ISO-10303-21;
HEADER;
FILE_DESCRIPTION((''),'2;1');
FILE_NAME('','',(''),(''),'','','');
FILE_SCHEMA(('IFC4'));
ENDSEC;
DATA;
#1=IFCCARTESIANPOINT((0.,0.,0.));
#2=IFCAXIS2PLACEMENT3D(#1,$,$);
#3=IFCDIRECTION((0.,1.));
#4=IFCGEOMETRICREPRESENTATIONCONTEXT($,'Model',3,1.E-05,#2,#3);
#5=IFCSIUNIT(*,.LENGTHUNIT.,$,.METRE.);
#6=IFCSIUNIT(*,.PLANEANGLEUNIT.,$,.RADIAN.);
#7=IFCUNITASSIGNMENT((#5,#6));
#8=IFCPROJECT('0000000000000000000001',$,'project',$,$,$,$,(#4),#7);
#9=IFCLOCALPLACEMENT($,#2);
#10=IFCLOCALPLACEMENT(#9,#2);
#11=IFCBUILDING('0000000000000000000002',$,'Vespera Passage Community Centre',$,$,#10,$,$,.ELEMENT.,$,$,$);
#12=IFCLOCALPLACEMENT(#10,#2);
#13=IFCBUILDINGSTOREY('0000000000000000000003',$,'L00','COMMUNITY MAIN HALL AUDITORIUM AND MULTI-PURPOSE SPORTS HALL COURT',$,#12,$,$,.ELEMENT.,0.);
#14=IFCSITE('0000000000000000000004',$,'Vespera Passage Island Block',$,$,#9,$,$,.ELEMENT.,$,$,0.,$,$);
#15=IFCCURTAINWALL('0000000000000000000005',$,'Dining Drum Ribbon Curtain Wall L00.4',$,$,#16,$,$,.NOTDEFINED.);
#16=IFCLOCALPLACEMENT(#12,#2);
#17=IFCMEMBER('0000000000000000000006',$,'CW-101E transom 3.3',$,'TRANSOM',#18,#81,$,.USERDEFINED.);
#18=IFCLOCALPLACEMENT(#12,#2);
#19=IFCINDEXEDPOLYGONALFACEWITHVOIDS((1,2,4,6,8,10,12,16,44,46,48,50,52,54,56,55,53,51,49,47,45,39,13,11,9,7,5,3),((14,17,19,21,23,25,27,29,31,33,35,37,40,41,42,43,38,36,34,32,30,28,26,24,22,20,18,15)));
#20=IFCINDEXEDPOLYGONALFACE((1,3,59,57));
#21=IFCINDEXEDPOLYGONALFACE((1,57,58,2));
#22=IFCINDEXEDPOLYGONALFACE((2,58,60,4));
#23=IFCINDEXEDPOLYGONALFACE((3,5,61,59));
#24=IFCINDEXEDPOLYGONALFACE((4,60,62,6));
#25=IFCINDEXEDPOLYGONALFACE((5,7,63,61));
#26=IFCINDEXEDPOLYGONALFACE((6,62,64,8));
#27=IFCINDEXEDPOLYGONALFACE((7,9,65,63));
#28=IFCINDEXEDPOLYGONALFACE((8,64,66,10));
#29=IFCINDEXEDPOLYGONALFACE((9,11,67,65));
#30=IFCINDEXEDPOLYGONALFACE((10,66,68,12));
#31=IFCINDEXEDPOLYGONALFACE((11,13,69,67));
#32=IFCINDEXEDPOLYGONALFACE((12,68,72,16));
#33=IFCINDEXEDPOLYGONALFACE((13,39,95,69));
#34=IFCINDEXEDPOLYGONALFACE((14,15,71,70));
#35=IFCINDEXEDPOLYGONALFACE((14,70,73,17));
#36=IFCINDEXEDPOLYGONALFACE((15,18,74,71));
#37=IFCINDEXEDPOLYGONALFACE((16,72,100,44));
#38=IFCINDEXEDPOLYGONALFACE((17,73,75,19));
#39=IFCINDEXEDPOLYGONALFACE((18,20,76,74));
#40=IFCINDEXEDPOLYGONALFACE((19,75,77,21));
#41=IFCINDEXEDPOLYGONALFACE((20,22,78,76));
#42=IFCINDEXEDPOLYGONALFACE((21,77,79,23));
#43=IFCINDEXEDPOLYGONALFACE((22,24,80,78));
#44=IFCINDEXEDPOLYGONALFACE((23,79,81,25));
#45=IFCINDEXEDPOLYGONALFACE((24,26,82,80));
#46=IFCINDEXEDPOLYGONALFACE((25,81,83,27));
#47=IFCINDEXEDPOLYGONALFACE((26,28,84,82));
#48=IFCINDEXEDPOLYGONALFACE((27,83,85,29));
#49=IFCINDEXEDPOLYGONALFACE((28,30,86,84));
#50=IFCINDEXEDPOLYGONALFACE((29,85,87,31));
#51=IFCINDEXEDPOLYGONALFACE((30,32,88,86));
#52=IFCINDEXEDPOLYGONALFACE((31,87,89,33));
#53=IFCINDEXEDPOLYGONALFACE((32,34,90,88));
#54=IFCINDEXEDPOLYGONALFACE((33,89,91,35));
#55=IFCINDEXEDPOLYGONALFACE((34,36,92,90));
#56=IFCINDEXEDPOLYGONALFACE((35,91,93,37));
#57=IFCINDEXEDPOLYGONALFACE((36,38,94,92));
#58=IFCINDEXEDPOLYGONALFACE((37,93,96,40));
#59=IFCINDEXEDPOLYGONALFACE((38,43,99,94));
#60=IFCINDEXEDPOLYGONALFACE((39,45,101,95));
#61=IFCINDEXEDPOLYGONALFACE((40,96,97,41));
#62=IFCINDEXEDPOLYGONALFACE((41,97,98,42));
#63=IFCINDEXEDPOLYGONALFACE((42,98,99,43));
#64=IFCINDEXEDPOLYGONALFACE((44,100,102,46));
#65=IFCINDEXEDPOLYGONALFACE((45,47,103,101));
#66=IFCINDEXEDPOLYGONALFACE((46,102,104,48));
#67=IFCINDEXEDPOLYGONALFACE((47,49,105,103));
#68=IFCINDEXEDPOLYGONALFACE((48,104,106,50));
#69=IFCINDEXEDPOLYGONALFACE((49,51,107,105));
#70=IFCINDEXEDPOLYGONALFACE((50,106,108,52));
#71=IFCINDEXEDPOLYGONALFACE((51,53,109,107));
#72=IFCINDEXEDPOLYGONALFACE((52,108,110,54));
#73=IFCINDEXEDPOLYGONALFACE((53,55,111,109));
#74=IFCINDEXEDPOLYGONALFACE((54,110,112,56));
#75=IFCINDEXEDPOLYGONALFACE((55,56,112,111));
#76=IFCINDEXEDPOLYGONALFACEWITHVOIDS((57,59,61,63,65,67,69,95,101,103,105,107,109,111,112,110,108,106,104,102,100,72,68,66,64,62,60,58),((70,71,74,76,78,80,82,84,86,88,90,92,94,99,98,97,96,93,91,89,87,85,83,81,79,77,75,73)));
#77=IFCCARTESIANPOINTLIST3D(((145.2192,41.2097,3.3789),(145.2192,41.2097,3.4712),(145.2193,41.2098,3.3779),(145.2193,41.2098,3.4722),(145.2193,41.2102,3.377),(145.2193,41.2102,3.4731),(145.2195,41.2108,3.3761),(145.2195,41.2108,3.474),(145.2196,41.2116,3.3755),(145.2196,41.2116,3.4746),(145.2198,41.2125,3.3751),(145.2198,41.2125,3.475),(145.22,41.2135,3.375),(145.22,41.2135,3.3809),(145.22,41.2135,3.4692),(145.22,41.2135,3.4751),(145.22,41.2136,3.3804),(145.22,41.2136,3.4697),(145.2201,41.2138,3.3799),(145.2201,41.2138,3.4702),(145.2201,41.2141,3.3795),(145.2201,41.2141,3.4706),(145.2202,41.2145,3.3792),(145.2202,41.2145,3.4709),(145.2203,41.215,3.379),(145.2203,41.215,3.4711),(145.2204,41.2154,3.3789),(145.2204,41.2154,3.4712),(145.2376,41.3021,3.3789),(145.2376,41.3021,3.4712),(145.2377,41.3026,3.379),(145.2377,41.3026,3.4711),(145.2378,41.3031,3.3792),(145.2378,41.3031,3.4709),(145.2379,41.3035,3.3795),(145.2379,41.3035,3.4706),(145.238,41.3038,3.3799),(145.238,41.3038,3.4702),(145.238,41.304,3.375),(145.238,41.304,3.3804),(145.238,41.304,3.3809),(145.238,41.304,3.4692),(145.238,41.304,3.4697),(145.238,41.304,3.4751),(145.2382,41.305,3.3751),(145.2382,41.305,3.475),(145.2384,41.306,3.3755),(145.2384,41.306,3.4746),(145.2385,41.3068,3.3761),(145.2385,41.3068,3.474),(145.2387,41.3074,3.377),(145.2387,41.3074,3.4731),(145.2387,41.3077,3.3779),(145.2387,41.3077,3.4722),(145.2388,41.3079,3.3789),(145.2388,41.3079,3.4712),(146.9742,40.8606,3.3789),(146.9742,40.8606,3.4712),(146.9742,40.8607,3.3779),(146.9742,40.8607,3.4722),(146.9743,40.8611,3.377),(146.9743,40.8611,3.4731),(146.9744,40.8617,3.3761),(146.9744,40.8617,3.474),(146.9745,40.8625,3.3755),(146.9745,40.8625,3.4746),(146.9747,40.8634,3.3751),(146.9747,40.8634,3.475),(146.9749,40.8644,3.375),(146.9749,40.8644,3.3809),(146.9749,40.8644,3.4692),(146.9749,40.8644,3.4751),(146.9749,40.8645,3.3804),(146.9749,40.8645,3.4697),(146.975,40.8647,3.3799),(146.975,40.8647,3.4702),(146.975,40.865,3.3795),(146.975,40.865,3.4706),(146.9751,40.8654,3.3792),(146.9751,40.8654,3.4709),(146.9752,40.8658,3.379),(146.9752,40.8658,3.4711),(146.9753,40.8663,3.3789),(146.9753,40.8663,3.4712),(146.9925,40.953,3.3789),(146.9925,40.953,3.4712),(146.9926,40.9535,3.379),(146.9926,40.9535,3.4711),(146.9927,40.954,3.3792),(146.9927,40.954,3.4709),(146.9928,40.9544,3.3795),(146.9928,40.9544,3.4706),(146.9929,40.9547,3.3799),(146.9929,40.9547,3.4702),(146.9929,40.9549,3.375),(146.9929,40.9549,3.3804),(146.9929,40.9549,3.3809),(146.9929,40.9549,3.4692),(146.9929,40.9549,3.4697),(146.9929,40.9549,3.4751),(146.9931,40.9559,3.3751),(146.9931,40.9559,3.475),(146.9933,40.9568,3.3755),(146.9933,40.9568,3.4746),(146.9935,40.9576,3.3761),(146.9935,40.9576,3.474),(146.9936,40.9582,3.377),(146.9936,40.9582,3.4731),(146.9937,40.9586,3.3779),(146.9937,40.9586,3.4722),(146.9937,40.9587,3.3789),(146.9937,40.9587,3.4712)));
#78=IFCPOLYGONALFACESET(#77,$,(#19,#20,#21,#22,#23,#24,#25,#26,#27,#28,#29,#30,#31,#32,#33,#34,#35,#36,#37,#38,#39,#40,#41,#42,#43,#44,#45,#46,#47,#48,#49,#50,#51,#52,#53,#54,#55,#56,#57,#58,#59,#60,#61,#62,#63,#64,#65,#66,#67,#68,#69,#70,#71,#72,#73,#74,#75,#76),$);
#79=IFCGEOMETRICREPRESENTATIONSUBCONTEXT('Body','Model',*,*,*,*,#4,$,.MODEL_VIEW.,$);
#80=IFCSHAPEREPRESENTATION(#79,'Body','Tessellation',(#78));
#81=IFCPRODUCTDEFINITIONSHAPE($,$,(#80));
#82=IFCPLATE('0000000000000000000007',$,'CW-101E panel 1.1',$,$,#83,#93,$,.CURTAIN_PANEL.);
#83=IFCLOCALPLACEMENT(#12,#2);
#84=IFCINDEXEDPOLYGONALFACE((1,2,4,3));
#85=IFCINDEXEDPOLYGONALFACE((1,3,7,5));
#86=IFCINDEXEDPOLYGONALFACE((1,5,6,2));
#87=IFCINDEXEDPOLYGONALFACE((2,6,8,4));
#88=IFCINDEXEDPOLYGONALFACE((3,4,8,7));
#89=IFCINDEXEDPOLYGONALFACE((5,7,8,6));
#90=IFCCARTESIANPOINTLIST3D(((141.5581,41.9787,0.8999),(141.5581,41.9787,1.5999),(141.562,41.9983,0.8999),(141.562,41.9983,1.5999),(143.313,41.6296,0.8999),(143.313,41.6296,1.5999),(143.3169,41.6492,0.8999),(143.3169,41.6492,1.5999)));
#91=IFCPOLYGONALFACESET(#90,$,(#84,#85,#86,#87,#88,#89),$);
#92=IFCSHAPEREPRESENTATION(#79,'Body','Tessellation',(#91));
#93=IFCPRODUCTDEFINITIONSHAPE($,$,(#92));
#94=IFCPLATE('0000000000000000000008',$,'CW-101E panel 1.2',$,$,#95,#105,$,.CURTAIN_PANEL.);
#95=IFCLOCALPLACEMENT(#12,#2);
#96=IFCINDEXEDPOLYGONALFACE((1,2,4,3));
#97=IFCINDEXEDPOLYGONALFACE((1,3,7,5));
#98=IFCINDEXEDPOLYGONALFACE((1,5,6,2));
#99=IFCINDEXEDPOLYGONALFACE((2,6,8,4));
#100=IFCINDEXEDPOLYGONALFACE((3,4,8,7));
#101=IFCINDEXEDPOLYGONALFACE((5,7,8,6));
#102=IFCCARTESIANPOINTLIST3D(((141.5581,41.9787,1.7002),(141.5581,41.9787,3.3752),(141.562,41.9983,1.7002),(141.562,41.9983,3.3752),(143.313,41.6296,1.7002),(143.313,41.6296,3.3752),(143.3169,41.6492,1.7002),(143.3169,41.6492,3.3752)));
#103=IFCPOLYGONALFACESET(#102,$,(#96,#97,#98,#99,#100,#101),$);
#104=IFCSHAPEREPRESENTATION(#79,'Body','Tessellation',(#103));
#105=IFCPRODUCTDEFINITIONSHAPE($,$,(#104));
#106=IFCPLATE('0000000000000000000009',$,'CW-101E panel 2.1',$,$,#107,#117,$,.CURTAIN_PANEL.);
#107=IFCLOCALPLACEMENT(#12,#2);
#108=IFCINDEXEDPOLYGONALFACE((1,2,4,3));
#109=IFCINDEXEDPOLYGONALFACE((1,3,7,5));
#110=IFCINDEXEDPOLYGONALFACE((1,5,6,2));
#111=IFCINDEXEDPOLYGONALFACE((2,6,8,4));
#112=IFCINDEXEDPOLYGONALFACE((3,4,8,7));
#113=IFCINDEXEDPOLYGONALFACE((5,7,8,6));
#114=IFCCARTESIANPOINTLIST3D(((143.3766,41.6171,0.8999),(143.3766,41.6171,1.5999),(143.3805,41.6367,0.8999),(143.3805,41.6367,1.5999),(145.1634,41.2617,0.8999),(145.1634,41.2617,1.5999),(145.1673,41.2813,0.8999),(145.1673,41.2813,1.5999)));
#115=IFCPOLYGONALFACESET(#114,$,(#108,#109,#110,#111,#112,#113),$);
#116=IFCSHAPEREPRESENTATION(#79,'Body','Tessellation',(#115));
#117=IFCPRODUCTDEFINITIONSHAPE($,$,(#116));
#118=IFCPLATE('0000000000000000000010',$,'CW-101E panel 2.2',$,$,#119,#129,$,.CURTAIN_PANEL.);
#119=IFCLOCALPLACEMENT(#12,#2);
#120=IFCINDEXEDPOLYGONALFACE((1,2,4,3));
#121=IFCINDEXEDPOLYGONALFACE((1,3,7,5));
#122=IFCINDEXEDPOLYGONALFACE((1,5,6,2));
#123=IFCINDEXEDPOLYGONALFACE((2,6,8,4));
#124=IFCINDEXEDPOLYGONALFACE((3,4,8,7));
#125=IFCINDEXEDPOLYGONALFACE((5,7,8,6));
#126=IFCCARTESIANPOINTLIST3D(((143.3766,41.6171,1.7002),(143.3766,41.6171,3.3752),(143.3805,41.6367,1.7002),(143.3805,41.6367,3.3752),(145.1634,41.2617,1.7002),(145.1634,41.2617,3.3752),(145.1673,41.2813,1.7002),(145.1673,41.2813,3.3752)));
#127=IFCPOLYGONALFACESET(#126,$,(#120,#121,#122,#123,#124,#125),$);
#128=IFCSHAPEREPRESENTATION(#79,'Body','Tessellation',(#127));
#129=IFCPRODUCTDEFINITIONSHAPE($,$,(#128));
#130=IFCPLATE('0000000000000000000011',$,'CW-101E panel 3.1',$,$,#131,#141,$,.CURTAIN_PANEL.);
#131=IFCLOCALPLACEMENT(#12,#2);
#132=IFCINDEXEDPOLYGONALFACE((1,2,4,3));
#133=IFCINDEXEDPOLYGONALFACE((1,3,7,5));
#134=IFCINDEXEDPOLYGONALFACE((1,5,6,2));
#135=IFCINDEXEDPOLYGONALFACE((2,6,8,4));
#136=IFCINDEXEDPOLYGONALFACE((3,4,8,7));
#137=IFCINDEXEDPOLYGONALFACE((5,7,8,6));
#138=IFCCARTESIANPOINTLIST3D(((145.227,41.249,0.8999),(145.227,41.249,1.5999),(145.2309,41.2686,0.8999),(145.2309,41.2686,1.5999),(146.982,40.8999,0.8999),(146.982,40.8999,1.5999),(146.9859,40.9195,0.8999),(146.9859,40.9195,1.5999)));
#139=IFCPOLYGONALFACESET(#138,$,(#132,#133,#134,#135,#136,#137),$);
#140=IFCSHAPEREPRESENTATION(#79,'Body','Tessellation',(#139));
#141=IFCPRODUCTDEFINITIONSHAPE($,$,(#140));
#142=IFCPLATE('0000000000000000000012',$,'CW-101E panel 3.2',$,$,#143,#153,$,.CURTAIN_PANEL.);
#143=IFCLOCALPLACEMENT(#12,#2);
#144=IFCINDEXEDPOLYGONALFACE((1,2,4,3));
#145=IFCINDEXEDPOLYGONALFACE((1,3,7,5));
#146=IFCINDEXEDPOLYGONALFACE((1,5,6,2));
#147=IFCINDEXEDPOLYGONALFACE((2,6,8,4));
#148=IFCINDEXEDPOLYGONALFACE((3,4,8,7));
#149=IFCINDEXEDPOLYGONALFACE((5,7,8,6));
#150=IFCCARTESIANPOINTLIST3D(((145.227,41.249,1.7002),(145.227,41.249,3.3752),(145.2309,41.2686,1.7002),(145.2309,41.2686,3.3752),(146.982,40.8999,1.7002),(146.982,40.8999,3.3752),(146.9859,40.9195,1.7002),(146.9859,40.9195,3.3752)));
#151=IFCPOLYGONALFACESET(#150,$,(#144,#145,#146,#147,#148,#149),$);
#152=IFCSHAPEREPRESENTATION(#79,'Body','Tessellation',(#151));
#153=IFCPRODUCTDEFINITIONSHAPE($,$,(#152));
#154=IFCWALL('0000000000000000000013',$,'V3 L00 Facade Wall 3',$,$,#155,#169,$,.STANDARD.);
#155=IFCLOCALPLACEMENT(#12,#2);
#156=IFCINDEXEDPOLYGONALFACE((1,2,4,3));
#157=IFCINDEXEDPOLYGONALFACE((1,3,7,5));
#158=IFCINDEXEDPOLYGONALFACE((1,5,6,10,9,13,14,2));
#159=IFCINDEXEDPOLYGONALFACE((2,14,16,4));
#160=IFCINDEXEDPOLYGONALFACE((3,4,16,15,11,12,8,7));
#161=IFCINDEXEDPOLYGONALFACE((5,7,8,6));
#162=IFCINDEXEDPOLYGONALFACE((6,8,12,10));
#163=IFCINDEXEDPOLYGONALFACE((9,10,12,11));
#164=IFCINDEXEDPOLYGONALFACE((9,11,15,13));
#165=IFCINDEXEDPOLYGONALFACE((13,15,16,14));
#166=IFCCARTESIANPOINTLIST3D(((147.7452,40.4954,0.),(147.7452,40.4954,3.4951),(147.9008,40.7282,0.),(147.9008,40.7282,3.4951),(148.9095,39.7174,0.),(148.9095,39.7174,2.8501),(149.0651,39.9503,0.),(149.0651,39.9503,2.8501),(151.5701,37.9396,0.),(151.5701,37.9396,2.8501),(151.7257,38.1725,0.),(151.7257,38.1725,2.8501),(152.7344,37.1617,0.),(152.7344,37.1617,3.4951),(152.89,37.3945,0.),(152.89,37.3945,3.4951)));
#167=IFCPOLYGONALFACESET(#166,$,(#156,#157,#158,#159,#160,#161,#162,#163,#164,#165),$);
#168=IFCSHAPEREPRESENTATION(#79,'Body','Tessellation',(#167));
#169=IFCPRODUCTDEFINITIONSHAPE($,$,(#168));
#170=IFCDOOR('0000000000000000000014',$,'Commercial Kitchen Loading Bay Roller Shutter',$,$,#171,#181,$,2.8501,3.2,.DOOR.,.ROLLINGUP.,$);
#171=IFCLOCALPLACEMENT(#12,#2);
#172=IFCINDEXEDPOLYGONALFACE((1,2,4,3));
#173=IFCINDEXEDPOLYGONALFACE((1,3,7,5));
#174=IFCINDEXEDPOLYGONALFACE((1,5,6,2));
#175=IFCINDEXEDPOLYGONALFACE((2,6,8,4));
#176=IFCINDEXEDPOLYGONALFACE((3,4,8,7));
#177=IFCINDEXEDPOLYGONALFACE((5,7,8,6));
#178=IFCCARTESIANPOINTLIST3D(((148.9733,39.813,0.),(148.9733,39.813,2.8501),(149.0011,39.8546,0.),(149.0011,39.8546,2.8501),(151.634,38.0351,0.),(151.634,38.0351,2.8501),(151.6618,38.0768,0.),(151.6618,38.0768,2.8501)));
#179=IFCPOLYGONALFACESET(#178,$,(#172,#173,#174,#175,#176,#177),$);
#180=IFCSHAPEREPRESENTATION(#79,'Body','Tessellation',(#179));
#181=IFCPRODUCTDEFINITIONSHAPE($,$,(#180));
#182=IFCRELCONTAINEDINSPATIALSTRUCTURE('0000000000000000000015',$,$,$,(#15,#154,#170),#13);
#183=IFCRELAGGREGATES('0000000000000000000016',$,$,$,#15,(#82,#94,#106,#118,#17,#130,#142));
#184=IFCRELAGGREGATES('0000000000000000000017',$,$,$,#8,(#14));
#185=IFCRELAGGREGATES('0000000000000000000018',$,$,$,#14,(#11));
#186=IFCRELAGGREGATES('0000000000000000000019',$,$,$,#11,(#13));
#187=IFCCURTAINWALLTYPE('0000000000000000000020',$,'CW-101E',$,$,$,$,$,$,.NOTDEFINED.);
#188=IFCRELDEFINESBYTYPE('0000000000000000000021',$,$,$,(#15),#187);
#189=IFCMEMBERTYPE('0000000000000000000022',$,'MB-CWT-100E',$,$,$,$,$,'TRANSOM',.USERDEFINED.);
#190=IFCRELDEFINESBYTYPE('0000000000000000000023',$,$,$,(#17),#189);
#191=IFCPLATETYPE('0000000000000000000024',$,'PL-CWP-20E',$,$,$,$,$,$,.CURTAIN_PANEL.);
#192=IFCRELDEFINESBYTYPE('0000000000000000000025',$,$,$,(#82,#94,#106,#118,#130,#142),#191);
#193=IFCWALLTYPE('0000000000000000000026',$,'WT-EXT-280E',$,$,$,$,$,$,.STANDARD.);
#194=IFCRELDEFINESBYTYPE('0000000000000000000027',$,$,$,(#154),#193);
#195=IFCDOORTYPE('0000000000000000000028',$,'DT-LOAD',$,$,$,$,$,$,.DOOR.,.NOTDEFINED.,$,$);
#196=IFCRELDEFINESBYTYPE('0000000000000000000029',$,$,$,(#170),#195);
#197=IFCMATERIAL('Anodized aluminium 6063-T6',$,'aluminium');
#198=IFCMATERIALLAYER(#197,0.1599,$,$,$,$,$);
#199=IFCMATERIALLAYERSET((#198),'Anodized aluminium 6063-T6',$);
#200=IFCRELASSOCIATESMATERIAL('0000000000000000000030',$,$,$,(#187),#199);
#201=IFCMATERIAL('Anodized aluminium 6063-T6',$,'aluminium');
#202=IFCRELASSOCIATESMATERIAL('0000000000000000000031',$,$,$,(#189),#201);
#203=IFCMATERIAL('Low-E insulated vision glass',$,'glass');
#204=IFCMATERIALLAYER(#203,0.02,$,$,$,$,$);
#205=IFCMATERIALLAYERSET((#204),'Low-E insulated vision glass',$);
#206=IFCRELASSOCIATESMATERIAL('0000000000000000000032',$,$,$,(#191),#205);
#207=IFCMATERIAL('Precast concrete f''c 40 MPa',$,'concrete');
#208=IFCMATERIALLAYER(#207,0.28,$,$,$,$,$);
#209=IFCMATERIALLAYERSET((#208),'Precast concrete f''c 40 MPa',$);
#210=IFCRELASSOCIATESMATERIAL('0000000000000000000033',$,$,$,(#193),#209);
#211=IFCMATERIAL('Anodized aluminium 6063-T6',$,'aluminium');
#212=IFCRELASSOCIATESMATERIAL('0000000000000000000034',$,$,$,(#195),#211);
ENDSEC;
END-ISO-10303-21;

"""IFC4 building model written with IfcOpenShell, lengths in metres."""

from ifc_helpers import new_model, si_unit, direction, frame, frame_2d, origin, origin_2d, place, context, subcontext, project, spatial, rectangle, hollow_rectangle, extrude, material, layer, layer_set, material_profile, profile_set, type_object, element, fill, aggregate, save


model = new_model("IFC4")

# Units and contexts
model_context = context("Model", 3, precision=1e-05, world=origin(), true_north=direction((0.0, 1.0)))
body_context = subcontext(model_context, "Body", "Model", "MODEL_VIEW")
ifc_project = project(units=[si_unit("LENGTHUNIT", "METRE"), si_unit("PLANEANGLEUNIT", "RADIAN")], contexts=[model_context])

# Site, building, storey
site_placement = place(None, origin())
site = spatial("IfcSite", under=ifc_project, at=site_placement, Name="Vespera Passage Island Block", CompositionType="ELEMENT", RefElevation=0.0)
building_placement = place(site_placement, origin())
building = spatial("IfcBuilding", under=site, at=building_placement, Name="Vespera Passage Community Centre", CompositionType="ELEMENT")
storey_placement = place(building_placement, origin())
storey = spatial("IfcBuildingStorey", under=building, at=storey_placement, Name="L00", Description="COMMUNITY MAIN HALL AUDITORIUM AND MULTI-PURPOSE SPORTS HALL COURT", CompositionType="ELEMENT", Elevation=0.0)

# Curtain wall
ifc_material_1 = material(Name="Anodized aluminium 6063-T6", Category="aluminium")
ifc_layer_1 = layer(ifc_material_1, 0.1599)
ifc_layer_set_1 = layer_set([ifc_layer_1], Name="Anodized aluminium 6063-T6")
curtain_wall_type_1 = type_object("IfcCurtainWallType", Name="CW-101E", PredefinedType="NOTDEFINED", material=ifc_layer_set_1)
curtain_wall_1_placement = place(storey_placement, origin())
curtain_wall_1 = element("IfcCurtainWall", 1, at=curtain_wall_1_placement, inside=storey, type_object=curtain_wall_type_1, Name="Dining Drum Ribbon Curtain Wall L00.4", PredefinedType="NOTDEFINED")

# Member
ifc_material_2 = material(Name="Anodized aluminium 6063-T6", Category="aluminium")
ifc_material_profile_1 = material_profile(ifc_material_2, hollow_rectangle(XDim=0.1001, YDim=0.1001, WallThickness=0.0039, InnerFilletRadius=0.002, OuterFilletRadius=0.0039, at=origin_2d()), Name="ALU100X100X4")
ifc_profile_set_1 = profile_set([ifc_material_profile_1], Name="Anodized aluminium 6063-T6")
member_type_1 = type_object("IfcMemberType", Name="MB-CWT-100E", ElementType="TRANSOM", PredefinedType="USERDEFINED", material=ifc_profile_set_1)
member_1_placement = place(storey_placement, frame((145.229, 41.2588, 3.425), z_axis=(0.98078, -0.195119, 0.0), x_axis=(0.195119, 0.98078, 0.0)))
member_1 = element("IfcMember", 2, at=member_1_placement, type_object=member_type_1, Name="CW-101E transom 3.3", ObjectType="TRANSOM", PredefinedType="USERDEFINED", context=body_context, shape_type="SweptSolid", body=[
    extrude(hollow_rectangle(XDim=0.1001, YDim=0.1001, WallThickness=0.0039, InnerFilletRadius=0.002, OuterFilletRadius=0.0039, at=origin_2d()), origin(), (0.0, 0.0, 1.0), 1.7893),
])

# Plates
ifc_material_3 = material(Name="Low-E insulated vision glass", Category="glass")
ifc_layer_2 = layer(ifc_material_3, 0.02)
ifc_layer_set_2 = layer_set([ifc_layer_2], Name="Low-E insulated vision glass")
plate_type = type_object("IfcPlateType", Name="PL-CWP-20E", PredefinedType="CURTAIN_PANEL", material=ifc_layer_set_2)
plate_1_placement = place(storey_placement, frame((142.4375, 41.814, 0.8999), z_axis=(0.0, 0.0, 1.0), x_axis=(0.980784, -0.195097, 0.0)))
plate_1 = element("IfcPlate", 3, at=plate_1_placement, type_object=plate_type, Name="CW-101E panel 1.1", PredefinedType="CURTAIN_PANEL", context=body_context, shape_type="SweptSolid", body=[
    extrude(rectangle(XDim=1.7893, YDim=0.02, at=origin_2d()), origin(), (0.0, 0.0, 1.0), 0.7),
])
plate_2_placement = place(storey_placement, frame((142.4375, 41.814, 1.7002), z_axis=(0.0, 0.0, 1.0), x_axis=(0.980784, -0.195097, 0.0)))
plate_2 = element("IfcPlate", 4, at=plate_2_placement, type_object=plate_type, Name="CW-101E panel 1.2", PredefinedType="CURTAIN_PANEL", context=body_context, shape_type="SweptSolid", body=[
    extrude(rectangle(XDim=1.7893, YDim=0.02, at=origin_2d()), origin(), (0.0, 0.0, 1.0), 1.675),
])
plate_3_placement = place(storey_placement, frame((144.272, 41.4492, 0.8999), z_axis=(0.0, 0.0, 1.0), x_axis=(0.980784, -0.195097, 0.0)))
plate_3 = element("IfcPlate", 5, at=plate_3_placement, type_object=plate_type, Name="CW-101E panel 2.1", PredefinedType="CURTAIN_PANEL", context=body_context, shape_type="SweptSolid", body=[
    extrude(rectangle(XDim=1.8218, YDim=0.02, at=origin_2d()), origin(), (0.0, 0.0, 1.0), 0.7),
])
plate_4_placement = place(storey_placement, frame((144.272, 41.4492, 1.7002), z_axis=(0.0, 0.0, 1.0), x_axis=(0.980784, -0.195097, 0.0)))
plate_4 = element("IfcPlate", 6, at=plate_4_placement, type_object=plate_type, Name="CW-101E panel 2.2", PredefinedType="CURTAIN_PANEL", context=body_context, shape_type="SweptSolid", body=[
    extrude(rectangle(XDim=1.8218, YDim=0.02, at=origin_2d()), origin(), (0.0, 0.0, 1.0), 1.675),
])
plate_5_placement = place(storey_placement, frame((146.1064, 41.0842, 0.8999), z_axis=(0.0, 0.0, 1.0), x_axis=(0.980784, -0.195097, 0.0)))
plate_5 = element("IfcPlate", 7, at=plate_5_placement, type_object=plate_type, Name="CW-101E panel 3.1", PredefinedType="CURTAIN_PANEL", context=body_context, shape_type="SweptSolid", body=[
    extrude(rectangle(XDim=1.7893, YDim=0.02, at=origin_2d()), origin(), (0.0, 0.0, 1.0), 0.7),
])
plate_6_placement = place(storey_placement, frame((146.1064, 41.0842, 1.7002), z_axis=(0.0, 0.0, 1.0), x_axis=(0.980784, -0.195097, 0.0)))
plate_6 = element("IfcPlate", 8, at=plate_6_placement, type_object=plate_type, Name="CW-101E panel 3.2", PredefinedType="CURTAIN_PANEL", context=body_context, shape_type="SweptSolid", body=[
    extrude(rectangle(XDim=1.7893, YDim=0.02, at=origin_2d()), origin(), (0.0, 0.0, 1.0), 1.675),
])
aggregate(curtain_wall_1, [plate_1, plate_2, plate_3, plate_4, member_1, plate_5, plate_6])

# Wall, opening, door
ifc_material_4 = material(Name="Precast concrete f'c 40 MPa", Category="concrete")
ifc_layer_3 = layer(ifc_material_4, 0.28)
ifc_layer_set_3 = layer_set([ifc_layer_3], Name="Precast concrete f'c 40 MPa")
wall_type = type_object("IfcWallType", Name="WT-EXT-280E", PredefinedType="STANDARD", material=ifc_layer_set_3)
wall_1_placement = place(storey_placement, frame((147.823, 40.6118, 0.0), z_axis=(0.0, 0.0, 1.0), x_axis=(0.831468, -0.555573, 0.0)))
wall_1 = element("IfcWall", 9, at=wall_1_placement, inside=storey, type_object=wall_type, Name="V3 L00 Facade Wall 3", PredefinedType="STANDARD", context=body_context, shape_type="SweptSolid", body=[
    extrude(rectangle(XDim=6.0005, YDim=0.28, at=frame_2d((3.0002, 0.0))), origin(), (0.0, 0.0, 1.0), 3.4951),
])
opening_1_placement = place(wall_1_placement, frame((1.4001, 0.0, 0.0)))
opening_1 = element("IfcOpeningElement", 10, at=opening_1_placement, cuts=wall_1, PredefinedType="OPENING", context=body_context, shape_type="SweptSolid", body=[
    extrude(rectangle(XDim=3.2, YDim=2.8501, at=frame_2d((1.6001, 1.425))), frame((0.0, 0.1501, 0.0), z_axis=(0.0, -1.0, 0.0), x_axis=(1.0, 0.0, 0.0)), (0.0, 0.0, 1.0), 0.3),
])
ifc_material_5 = material(Name="Anodized aluminium 6063-T6", Category="aluminium")
door_type_1 = type_object("IfcDoorType", Name="DT-LOAD", OperationType="NOTDEFINED", PredefinedType="DOOR", material=ifc_material_5)
door_1_placement = place(opening_1_placement, origin())
door_1 = element("IfcDoor", 11, at=door_1_placement, inside=storey, type_object=door_type_1, Name="Commercial Kitchen Loading Bay Roller Shutter", OperationType="ROLLINGUP", OverallHeight=2.8501, OverallWidth=3.2, PredefinedType="DOOR", context=body_context, shape_type="SweptSolid", body=[
    extrude(rectangle(XDim=3.2, YDim=2.8501, at=frame_2d((1.6001, 1.425))), frame((0.0, 0.0249, 0.0), z_axis=(0.0, -1.0, 0.0), x_axis=(1.0, 0.0, 0.0)), (0.0, 0.0, 1.0), 0.05),
])
fill(opening_1, door_1)

save(model, "model.ifc")
